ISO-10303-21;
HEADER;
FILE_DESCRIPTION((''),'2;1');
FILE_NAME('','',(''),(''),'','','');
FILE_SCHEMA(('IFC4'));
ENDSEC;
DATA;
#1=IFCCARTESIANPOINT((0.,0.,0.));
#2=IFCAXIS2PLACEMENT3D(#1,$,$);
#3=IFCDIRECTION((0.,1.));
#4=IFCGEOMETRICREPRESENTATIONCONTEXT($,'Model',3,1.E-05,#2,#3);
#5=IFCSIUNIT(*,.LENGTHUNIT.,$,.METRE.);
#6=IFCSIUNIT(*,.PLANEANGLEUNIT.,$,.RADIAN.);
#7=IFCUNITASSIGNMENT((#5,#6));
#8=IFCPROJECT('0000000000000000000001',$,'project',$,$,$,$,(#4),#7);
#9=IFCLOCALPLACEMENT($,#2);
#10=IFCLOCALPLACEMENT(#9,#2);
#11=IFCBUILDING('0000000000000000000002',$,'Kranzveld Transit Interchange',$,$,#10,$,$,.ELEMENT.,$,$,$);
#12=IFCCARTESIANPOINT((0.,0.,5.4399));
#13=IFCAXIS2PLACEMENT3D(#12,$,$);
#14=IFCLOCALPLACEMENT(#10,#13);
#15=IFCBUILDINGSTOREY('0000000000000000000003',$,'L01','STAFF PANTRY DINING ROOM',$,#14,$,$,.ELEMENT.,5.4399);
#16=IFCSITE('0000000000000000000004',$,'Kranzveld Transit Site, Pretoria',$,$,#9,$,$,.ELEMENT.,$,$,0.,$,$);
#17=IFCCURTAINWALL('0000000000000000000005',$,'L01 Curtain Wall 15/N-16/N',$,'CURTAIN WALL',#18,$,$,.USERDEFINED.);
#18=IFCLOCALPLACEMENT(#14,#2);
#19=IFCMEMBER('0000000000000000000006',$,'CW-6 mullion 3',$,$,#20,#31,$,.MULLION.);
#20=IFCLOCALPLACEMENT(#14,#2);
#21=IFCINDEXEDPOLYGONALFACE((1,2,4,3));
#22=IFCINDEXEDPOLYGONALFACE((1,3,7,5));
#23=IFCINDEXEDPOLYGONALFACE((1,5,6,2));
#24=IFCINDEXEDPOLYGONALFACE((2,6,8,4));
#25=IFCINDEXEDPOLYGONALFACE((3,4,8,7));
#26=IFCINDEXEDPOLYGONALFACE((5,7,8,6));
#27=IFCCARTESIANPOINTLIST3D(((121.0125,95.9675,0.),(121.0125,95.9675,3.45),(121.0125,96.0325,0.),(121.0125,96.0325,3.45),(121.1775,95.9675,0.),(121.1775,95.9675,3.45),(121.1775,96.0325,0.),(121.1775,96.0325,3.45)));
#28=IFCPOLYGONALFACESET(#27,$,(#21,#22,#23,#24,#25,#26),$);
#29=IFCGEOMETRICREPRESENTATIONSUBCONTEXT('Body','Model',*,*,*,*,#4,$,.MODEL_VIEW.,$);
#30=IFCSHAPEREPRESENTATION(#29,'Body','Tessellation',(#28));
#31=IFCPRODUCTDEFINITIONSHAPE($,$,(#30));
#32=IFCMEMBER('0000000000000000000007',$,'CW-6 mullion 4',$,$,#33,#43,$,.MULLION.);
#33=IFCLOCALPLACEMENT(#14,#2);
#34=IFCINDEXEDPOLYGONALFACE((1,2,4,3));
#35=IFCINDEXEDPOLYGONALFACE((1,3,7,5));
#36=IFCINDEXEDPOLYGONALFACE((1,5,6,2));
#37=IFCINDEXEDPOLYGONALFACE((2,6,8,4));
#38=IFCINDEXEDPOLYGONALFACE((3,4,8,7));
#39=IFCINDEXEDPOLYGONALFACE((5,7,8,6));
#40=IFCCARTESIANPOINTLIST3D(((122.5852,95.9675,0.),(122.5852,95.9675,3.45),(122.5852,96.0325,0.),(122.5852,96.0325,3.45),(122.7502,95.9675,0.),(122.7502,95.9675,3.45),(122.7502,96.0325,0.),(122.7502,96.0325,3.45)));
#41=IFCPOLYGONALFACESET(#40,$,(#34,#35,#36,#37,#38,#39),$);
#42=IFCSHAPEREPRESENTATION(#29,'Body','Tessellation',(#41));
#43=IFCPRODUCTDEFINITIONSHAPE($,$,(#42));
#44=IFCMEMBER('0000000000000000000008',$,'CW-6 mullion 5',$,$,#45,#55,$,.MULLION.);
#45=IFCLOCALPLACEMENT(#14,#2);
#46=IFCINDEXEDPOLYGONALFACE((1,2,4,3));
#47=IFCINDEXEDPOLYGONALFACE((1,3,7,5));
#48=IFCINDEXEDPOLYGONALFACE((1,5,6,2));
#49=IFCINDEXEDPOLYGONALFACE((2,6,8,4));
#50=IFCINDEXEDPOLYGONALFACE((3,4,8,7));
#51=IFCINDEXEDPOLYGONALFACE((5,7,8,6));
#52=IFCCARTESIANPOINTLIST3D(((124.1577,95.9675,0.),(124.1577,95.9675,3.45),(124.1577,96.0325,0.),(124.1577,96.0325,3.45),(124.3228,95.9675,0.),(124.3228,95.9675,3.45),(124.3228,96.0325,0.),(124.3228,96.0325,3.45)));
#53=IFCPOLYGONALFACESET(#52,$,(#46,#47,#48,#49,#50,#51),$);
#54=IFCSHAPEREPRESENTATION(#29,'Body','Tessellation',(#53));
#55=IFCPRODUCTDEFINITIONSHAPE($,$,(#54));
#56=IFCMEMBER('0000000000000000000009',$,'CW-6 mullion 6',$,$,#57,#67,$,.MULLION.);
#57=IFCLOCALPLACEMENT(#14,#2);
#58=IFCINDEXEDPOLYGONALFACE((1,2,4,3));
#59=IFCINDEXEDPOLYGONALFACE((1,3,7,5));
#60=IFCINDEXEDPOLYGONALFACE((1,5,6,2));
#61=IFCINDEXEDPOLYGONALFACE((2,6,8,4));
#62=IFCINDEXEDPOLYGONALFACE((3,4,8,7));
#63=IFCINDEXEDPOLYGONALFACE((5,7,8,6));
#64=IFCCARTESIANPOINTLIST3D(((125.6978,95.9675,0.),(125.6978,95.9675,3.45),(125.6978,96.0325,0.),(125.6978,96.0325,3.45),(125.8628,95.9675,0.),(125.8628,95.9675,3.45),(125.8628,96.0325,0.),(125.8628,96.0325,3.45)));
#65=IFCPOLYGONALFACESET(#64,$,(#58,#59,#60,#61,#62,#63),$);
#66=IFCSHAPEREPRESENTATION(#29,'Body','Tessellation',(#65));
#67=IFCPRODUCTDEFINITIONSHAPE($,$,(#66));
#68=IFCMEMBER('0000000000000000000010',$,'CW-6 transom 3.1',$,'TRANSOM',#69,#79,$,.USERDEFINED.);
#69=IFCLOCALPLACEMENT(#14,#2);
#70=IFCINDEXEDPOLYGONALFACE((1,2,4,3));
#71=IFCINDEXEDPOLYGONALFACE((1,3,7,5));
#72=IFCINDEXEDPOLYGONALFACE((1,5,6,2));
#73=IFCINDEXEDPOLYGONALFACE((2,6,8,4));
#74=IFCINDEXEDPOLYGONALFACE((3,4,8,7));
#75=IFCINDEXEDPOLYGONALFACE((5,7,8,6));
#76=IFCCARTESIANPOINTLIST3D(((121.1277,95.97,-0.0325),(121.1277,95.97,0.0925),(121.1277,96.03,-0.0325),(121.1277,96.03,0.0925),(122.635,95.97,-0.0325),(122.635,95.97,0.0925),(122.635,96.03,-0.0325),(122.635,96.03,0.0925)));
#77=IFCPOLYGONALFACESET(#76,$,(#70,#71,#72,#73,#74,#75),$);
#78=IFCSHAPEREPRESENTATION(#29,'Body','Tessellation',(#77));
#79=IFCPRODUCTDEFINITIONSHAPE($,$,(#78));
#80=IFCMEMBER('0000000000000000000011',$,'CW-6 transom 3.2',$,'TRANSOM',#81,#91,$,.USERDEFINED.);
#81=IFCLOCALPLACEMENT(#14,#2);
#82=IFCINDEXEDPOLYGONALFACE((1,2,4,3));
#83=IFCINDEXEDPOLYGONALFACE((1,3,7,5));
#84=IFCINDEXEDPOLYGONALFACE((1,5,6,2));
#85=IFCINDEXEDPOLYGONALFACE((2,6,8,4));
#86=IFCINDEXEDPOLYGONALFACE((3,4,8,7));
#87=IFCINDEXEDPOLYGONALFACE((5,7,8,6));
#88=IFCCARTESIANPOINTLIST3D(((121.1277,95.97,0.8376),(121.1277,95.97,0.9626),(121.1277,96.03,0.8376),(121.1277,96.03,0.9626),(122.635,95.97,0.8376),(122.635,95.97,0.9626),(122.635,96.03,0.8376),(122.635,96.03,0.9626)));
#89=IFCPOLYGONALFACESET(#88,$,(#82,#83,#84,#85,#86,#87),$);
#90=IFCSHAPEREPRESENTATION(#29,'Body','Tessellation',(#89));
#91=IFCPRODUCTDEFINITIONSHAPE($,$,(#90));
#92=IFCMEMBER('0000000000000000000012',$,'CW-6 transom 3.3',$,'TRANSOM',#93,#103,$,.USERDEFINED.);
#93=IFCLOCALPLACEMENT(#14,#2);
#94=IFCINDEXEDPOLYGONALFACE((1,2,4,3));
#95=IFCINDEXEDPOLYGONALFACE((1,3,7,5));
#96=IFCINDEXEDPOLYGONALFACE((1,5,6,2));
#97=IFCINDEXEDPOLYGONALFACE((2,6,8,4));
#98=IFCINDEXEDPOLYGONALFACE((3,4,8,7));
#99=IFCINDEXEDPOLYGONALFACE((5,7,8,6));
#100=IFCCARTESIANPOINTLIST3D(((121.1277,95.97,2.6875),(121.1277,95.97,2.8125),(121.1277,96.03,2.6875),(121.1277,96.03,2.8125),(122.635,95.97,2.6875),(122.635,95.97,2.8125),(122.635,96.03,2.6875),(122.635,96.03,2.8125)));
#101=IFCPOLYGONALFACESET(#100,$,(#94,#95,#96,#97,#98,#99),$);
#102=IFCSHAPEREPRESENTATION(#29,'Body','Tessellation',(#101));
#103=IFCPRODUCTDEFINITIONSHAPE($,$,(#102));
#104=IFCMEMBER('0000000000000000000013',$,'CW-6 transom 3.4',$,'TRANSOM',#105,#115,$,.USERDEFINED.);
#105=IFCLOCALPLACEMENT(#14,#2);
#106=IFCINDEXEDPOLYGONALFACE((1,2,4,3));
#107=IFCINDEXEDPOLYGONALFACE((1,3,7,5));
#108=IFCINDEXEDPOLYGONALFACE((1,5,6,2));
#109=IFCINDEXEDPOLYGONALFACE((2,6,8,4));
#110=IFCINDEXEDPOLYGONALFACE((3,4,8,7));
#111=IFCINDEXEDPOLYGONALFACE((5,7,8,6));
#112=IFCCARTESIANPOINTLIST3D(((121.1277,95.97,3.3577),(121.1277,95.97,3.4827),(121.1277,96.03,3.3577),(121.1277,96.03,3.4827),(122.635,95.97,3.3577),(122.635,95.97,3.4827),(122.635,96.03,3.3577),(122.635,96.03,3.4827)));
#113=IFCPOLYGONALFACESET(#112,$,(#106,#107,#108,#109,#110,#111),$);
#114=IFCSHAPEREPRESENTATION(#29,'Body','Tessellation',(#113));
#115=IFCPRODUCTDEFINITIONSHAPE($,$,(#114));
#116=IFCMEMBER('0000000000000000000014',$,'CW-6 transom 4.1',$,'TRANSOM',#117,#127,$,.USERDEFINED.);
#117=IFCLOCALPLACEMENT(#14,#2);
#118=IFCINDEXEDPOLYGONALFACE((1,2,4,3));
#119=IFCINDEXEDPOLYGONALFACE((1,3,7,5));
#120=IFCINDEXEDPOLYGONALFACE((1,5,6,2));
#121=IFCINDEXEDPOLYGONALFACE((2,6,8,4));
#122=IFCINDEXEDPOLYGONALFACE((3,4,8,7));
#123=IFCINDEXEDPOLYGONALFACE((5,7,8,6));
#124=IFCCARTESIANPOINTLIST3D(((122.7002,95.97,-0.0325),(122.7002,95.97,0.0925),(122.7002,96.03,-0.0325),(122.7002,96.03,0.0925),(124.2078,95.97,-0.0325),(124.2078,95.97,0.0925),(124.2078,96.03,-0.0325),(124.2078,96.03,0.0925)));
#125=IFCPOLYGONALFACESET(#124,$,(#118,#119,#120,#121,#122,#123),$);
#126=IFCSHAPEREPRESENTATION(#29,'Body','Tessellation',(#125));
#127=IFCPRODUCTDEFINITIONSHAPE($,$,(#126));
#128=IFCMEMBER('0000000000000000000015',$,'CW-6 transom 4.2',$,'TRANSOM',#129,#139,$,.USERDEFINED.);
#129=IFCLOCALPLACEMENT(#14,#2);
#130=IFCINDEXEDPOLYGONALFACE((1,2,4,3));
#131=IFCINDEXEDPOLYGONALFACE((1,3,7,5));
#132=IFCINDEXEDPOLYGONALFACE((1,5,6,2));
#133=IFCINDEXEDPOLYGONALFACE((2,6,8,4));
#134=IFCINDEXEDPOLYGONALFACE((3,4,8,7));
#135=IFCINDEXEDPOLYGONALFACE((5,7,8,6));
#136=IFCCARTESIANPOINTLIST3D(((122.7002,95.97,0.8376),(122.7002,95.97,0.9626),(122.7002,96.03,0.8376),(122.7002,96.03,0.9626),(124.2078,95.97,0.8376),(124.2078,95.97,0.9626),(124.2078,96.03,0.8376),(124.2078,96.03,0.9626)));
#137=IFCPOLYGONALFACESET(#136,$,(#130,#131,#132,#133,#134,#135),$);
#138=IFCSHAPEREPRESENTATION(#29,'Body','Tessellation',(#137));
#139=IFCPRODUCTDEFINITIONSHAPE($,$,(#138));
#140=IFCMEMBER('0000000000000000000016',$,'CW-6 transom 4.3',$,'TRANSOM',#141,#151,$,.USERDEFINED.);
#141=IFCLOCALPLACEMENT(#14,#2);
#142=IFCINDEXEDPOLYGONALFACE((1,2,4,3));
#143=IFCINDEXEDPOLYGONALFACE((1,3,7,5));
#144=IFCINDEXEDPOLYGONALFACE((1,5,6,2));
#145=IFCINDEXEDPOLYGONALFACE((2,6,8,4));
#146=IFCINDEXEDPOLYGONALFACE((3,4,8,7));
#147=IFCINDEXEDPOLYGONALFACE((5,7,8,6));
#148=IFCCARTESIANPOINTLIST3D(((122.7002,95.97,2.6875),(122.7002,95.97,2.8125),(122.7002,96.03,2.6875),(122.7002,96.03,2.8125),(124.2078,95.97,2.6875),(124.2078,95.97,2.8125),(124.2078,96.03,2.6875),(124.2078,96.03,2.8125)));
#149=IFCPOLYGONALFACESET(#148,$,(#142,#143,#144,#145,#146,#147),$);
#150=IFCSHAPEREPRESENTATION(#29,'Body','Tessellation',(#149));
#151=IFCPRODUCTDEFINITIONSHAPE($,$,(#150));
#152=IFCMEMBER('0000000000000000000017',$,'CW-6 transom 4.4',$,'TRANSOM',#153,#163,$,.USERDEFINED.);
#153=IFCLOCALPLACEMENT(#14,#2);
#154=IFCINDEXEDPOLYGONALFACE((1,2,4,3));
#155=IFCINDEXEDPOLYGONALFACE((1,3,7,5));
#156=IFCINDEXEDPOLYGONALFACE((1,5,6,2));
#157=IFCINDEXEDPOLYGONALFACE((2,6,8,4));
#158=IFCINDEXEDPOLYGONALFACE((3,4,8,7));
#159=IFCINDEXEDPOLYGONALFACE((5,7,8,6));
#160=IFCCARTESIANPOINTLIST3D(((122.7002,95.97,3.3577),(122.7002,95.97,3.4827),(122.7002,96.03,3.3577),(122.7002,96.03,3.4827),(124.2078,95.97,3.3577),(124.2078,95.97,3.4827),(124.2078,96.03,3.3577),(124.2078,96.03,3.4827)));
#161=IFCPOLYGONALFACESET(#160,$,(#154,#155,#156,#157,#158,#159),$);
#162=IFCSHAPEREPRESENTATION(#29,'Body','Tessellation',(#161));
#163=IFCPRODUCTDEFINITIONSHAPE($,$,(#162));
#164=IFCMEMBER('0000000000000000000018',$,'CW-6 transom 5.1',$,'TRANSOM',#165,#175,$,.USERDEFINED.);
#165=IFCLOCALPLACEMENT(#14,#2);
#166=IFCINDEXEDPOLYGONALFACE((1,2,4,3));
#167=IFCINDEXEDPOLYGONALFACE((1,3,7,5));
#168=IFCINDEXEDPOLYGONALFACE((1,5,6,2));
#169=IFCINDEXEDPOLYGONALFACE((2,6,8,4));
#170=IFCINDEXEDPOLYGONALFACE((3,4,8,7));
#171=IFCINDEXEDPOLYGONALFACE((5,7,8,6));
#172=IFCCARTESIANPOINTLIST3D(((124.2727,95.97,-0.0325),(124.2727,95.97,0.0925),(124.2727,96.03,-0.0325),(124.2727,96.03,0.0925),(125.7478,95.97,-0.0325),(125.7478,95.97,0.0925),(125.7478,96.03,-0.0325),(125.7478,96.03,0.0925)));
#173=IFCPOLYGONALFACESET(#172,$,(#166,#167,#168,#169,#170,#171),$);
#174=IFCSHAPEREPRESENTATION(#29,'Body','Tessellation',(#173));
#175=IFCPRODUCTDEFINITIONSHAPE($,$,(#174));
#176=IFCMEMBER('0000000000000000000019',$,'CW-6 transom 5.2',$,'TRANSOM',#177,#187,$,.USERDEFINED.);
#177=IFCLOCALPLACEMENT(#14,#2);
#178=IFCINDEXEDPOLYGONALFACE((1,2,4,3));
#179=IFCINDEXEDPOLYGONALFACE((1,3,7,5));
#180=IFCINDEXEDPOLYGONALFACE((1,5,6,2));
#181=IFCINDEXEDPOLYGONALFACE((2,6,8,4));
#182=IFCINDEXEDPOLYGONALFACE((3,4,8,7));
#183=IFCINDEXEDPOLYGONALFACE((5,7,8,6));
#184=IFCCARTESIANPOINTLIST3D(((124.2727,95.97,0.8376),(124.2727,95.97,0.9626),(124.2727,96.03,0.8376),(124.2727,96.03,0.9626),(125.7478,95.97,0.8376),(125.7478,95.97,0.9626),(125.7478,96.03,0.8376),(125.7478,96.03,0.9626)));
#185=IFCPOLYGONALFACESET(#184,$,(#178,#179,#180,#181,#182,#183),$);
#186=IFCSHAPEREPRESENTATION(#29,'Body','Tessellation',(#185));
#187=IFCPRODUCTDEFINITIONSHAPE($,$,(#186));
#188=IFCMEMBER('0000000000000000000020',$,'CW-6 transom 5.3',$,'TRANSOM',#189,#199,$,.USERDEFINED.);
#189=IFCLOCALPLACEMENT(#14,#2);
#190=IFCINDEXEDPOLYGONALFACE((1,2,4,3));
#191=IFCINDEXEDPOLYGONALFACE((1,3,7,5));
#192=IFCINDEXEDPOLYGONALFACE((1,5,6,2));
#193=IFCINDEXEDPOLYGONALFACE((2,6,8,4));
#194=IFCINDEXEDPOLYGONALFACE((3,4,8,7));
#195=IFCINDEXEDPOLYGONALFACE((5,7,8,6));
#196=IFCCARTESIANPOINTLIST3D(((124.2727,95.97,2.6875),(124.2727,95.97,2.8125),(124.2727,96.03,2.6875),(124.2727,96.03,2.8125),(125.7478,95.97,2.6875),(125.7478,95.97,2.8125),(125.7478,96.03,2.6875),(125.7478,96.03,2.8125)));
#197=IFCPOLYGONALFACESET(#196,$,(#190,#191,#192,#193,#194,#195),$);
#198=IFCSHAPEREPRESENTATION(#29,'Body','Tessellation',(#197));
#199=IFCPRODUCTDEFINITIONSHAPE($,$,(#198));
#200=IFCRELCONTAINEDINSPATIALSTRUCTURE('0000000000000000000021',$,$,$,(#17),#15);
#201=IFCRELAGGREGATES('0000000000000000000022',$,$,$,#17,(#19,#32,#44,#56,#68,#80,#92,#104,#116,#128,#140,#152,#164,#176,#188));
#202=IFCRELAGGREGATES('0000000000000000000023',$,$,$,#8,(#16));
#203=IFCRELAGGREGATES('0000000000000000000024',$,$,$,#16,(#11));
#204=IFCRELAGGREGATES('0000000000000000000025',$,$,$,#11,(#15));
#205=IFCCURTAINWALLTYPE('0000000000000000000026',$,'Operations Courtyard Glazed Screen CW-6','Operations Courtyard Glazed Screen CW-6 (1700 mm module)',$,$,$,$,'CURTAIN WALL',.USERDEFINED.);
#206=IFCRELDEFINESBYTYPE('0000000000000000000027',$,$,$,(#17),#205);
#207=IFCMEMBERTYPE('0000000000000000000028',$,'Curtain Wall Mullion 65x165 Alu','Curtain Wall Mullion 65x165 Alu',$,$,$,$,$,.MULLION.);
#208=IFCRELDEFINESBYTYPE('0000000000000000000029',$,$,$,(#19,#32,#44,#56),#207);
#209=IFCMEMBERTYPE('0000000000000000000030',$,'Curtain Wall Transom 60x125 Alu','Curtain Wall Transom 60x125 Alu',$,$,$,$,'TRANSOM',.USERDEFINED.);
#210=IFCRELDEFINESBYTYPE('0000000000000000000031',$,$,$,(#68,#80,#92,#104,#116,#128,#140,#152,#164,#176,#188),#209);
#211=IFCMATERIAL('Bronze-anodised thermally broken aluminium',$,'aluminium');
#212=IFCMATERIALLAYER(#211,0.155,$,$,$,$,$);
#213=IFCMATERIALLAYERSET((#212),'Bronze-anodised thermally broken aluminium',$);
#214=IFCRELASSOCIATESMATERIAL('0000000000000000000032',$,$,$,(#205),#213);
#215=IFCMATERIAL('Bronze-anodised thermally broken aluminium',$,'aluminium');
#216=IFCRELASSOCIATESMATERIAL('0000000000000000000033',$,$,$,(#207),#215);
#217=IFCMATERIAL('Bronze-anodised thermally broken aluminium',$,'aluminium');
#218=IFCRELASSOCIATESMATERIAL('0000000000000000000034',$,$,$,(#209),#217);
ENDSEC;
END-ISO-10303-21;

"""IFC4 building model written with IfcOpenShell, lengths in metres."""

from ifc_helpers import new_model, si_unit, direction, frame, origin, origin_2d, place, context, subcontext, project, spatial, rectangle, extrude, material, layer, layer_set, material_profile, profile_set, type_object, element, aggregate, save


model = new_model("IFC4")

# Units and contexts
model_context = context("Model", 3, precision=1e-05, world=origin(), true_north=direction((0.0, 1.0)))
body_context = subcontext(model_context, "Body", "Model", "MODEL_VIEW")
ifc_project = project(units=[si_unit("LENGTHUNIT", "METRE"), si_unit("PLANEANGLEUNIT", "RADIAN")], contexts=[model_context])

# Site, building, storey
site_placement = place(None, origin())
site = spatial("IfcSite", under=ifc_project, at=site_placement, Name="Kranzveld Transit Site, Pretoria", CompositionType="ELEMENT", RefElevation=0.0)
building_placement = place(site_placement, origin())
building = spatial("IfcBuilding", under=site, at=building_placement, Name="Kranzveld Transit Interchange", CompositionType="ELEMENT")
storey_placement = place(building_placement, frame((0.0, 0.0, 5.4399)))
storey = spatial("IfcBuildingStorey", under=building, at=storey_placement, Name="L01", Description="STAFF PANTRY DINING ROOM", CompositionType="ELEMENT", Elevation=5.4399)

# Curtain wall, members
ifc_material_1 = material(Name="Bronze-anodised thermally broken aluminium", Category="aluminium")
ifc_layer_1 = layer(ifc_material_1, 0.155)
ifc_layer_set_1 = layer_set([ifc_layer_1], Name="Bronze-anodised thermally broken aluminium")
curtain_wall_type = type_object("IfcCurtainWallType", Name="Operations Courtyard Glazed Screen CW-6", Description="Operations Courtyard Glazed Screen CW-6 (1700 mm module)", ElementType="CURTAIN WALL", PredefinedType="USERDEFINED", material=ifc_layer_set_1)
curtain_wall_placement = place(storey_placement, origin())
curtain_wall = element("IfcCurtainWall", 1, at=curtain_wall_placement, inside=storey, type_object=curtain_wall_type, Name="L01 Curtain Wall 15/N-16/N", ObjectType="CURTAIN WALL", PredefinedType="USERDEFINED")
ifc_material_2 = material(Name="Bronze-anodised thermally broken aluminium", Category="aluminium")
ifc_material_profile_1 = material_profile(ifc_material_2, rectangle(XDim=0.0649, YDim=0.165, at=origin_2d()), Name="ALU MULLION 65x165")
ifc_profile_set_1 = profile_set([ifc_material_profile_1], Name="Bronze-anodised thermally broken aluminium")
member_type_1 = type_object("IfcMemberType", Name="Curtain Wall Mullion 65x165 Alu", Description="Curtain Wall Mullion 65x165 Alu", PredefinedType="MULLION", material=ifc_profile_set_1)
member_1_placement = place(storey_placement, frame((121.095, 96.0, 0.0), z_axis=(0.0, 0.0, 1.0), x_axis=(0.0, 1.0, 0.0)))
member_1 = element("IfcMember", 2, at=member_1_placement, type_object=member_type_1, Name="CW-6 mullion 3", PredefinedType="MULLION", context=body_context, shape_type="SweptSolid", body=[
    extrude(rectangle(XDim=0.0649, YDim=0.165, at=origin_2d()), origin(), (0.0, 0.0, 1.0), 3.45),
])
member_2_placement = place(storey_placement, frame((122.6677, 96.0, 0.0), z_axis=(0.0, 0.0, 1.0), x_axis=(0.0, 1.0, 0.0)))
member_2 = element("IfcMember", 3, at=member_2_placement, type_object=member_type_1, Name="CW-6 mullion 4", PredefinedType="MULLION", context=body_context, shape_type="SweptSolid", body=[
    extrude(rectangle(XDim=0.0649, YDim=0.165, at=origin_2d()), origin(), (0.0, 0.0, 1.0), 3.45),
])
member_3_placement = place(storey_placement, frame((124.2402, 96.0, 0.0), z_axis=(0.0, 0.0, 1.0), x_axis=(0.0, 1.0, 0.0)))
member_3 = element("IfcMember", 4, at=member_3_placement, type_object=member_type_1, Name="CW-6 mullion 5", PredefinedType="MULLION", context=body_context, shape_type="SweptSolid", body=[
    extrude(rectangle(XDim=0.0649, YDim=0.165, at=origin_2d()), origin(), (0.0, 0.0, 1.0), 3.45),
])
member_4_placement = place(storey_placement, frame((125.7803, 96.0, 0.0), z_axis=(0.0, 0.0, 1.0), x_axis=(0.0, 1.0, 0.0)))
member_4 = element("IfcMember", 5, at=member_4_placement, type_object=member_type_1, Name="CW-6 mullion 6", PredefinedType="MULLION", context=body_context, shape_type="SweptSolid", body=[
    extrude(rectangle(XDim=0.0649, YDim=0.165, at=origin_2d()), origin(), (0.0, 0.0, 1.0), 3.45),
])
ifc_material_3 = material(Name="Bronze-anodised thermally broken aluminium", Category="aluminium")
ifc_material_profile_2 = material_profile(ifc_material_3, rectangle(XDim=0.0601, YDim=0.125, at=origin_2d()), Name="ALU TRANSOM 60x125")
ifc_profile_set_2 = profile_set([ifc_material_profile_2], Name="Bronze-anodised thermally broken aluminium")
member_type_2 = type_object("IfcMemberType", Name="Curtain Wall Transom 60x125 Alu", Description="Curtain Wall Transom 60x125 Alu", ElementType="TRANSOM", PredefinedType="USERDEFINED", material=ifc_profile_set_2)
member_5_placement = place(storey_placement, frame((121.1277, 96.0, 0.03), z_axis=(1.0, 0.0, 0.0), x_axis=(0.0, 1.0, 0.0)))
member_5 = element("IfcMember", 6, at=member_5_placement, type_object=member_type_2, Name="CW-6 transom 3.1", ObjectType="TRANSOM", PredefinedType="USERDEFINED", context=body_context, shape_type="SweptSolid", body=[
    extrude(rectangle(XDim=0.0601, YDim=0.125, at=origin_2d()), origin(), (0.0, 0.0, 1.0), 1.5073),
])
member_6_placement = place(storey_placement, frame((121.1277, 96.0, 0.9001), z_axis=(1.0, 0.0, 0.0), x_axis=(0.0, 1.0, 0.0)))
member_6 = element("IfcMember", 7, at=member_6_placement, type_object=member_type_2, Name="CW-6 transom 3.2", ObjectType="TRANSOM", PredefinedType="USERDEFINED", context=body_context, shape_type="SweptSolid", body=[
    extrude(rectangle(XDim=0.0601, YDim=0.125, at=origin_2d()), origin(), (0.0, 0.0, 1.0), 1.5073),
])
member_7_placement = place(storey_placement, frame((121.1277, 96.0, 2.75), z_axis=(1.0, 0.0, 0.0), x_axis=(0.0, 1.0, 0.0)))
member_7 = element("IfcMember", 8, at=member_7_placement, type_object=member_type_2, Name="CW-6 transom 3.3", ObjectType="TRANSOM", PredefinedType="USERDEFINED", context=body_context, shape_type="SweptSolid", body=[
    extrude(rectangle(XDim=0.0601, YDim=0.125, at=origin_2d()), origin(), (0.0, 0.0, 1.0), 1.5073),
])
member_8_placement = place(storey_placement, frame((121.1277, 96.0, 3.4202), z_axis=(1.0, 0.0, 0.0), x_axis=(0.0, 1.0, 0.0)))
member_8 = element("IfcMember", 9, at=member_8_placement, type_object=member_type_2, Name="CW-6 transom 3.4", ObjectType="TRANSOM", PredefinedType="USERDEFINED", context=body_context, shape_type="SweptSolid", body=[
    extrude(rectangle(XDim=0.0601, YDim=0.125, at=origin_2d()), origin(), (0.0, 0.0, 1.0), 1.5073),
])
member_9_placement = place(storey_placement, frame((122.7002, 96.0, 0.03), z_axis=(1.0, 0.0, 0.0), x_axis=(0.0, 1.0, 0.0)))
member_9 = element("IfcMember", 10, at=member_9_placement, type_object=member_type_2, Name="CW-6 transom 4.1", ObjectType="TRANSOM", PredefinedType="USERDEFINED", context=body_context, shape_type="SweptSolid", body=[
    extrude(rectangle(XDim=0.0601, YDim=0.125, at=origin_2d()), origin(), (0.0, 0.0, 1.0), 1.5076),
])
member_10_placement = place(storey_placement, frame((122.7002, 96.0, 0.9001), z_axis=(1.0, 0.0, 0.0), x_axis=(0.0, 1.0, 0.0)))
member_10 = element("IfcMember", 11, at=member_10_placement, type_object=member_type_2, Name="CW-6 transom 4.2", ObjectType="TRANSOM", PredefinedType="USERDEFINED", context=body_context, shape_type="SweptSolid", body=[
    extrude(rectangle(XDim=0.0601, YDim=0.125, at=origin_2d()), origin(), (0.0, 0.0, 1.0), 1.5076),
])
member_11_placement = place(storey_placement, frame((122.7002, 96.0, 2.75), z_axis=(1.0, 0.0, 0.0), x_axis=(0.0, 1.0, 0.0)))
member_11 = element("IfcMember", 12, at=member_11_placement, type_object=member_type_2, Name="CW-6 transom 4.3", ObjectType="TRANSOM", PredefinedType="USERDEFINED", context=body_context, shape_type="SweptSolid", body=[
    extrude(rectangle(XDim=0.0601, YDim=0.125, at=origin_2d()), origin(), (0.0, 0.0, 1.0), 1.5076),
])
member_12_placement = place(storey_placement, frame((122.7002, 96.0, 3.4202), z_axis=(1.0, 0.0, 0.0), x_axis=(0.0, 1.0, 0.0)))
member_12 = element("IfcMember", 13, at=member_12_placement, type_object=member_type_2, Name="CW-6 transom 4.4", ObjectType="TRANSOM", PredefinedType="USERDEFINED", context=body_context, shape_type="SweptSolid", body=[
    extrude(rectangle(XDim=0.0601, YDim=0.125, at=origin_2d()), origin(), (0.0, 0.0, 1.0), 1.5076),
])
member_13_placement = place(storey_placement, frame((124.2727, 96.0, 0.03), z_axis=(1.0, 0.0, 0.0), x_axis=(0.0, 1.0, 0.0)))
member_13 = element("IfcMember", 14, at=member_13_placement, type_object=member_type_2, Name="CW-6 transom 5.1", ObjectType="TRANSOM", PredefinedType="USERDEFINED", context=body_context, shape_type="SweptSolid", body=[
    extrude(rectangle(XDim=0.0601, YDim=0.125, at=origin_2d()), origin(), (0.0, 0.0, 1.0), 1.4751),
])
member_14_placement = place(storey_placement, frame((124.2727, 96.0, 0.9001), z_axis=(1.0, 0.0, 0.0), x_axis=(0.0, 1.0, 0.0)))
member_14 = element("IfcMember", 15, at=member_14_placement, type_object=member_type_2, Name="CW-6 transom 5.2", ObjectType="TRANSOM", PredefinedType="USERDEFINED", context=body_context, shape_type="SweptSolid", body=[
    extrude(rectangle(XDim=0.0601, YDim=0.125, at=origin_2d()), origin(), (0.0, 0.0, 1.0), 1.4751),
])
member_15_placement = place(storey_placement, frame((124.2727, 96.0, 2.75), z_axis=(1.0, 0.0, 0.0), x_axis=(0.0, 1.0, 0.0)))
member_15 = element("IfcMember", 16, at=member_15_placement, type_object=member_type_2, Name="CW-6 transom 5.3", ObjectType="TRANSOM", PredefinedType="USERDEFINED", context=body_context, shape_type="SweptSolid", body=[
    extrude(rectangle(XDim=0.0601, YDim=0.125, at=origin_2d()), origin(), (0.0, 0.0, 1.0), 1.4751),
])
aggregate(curtain_wall, [member_1, member_2, member_3, member_4, member_5, member_6, member_7, member_8, member_9, member_10, member_11, member_12, member_13, member_14, member_15])

save(model, "model.ifc")
